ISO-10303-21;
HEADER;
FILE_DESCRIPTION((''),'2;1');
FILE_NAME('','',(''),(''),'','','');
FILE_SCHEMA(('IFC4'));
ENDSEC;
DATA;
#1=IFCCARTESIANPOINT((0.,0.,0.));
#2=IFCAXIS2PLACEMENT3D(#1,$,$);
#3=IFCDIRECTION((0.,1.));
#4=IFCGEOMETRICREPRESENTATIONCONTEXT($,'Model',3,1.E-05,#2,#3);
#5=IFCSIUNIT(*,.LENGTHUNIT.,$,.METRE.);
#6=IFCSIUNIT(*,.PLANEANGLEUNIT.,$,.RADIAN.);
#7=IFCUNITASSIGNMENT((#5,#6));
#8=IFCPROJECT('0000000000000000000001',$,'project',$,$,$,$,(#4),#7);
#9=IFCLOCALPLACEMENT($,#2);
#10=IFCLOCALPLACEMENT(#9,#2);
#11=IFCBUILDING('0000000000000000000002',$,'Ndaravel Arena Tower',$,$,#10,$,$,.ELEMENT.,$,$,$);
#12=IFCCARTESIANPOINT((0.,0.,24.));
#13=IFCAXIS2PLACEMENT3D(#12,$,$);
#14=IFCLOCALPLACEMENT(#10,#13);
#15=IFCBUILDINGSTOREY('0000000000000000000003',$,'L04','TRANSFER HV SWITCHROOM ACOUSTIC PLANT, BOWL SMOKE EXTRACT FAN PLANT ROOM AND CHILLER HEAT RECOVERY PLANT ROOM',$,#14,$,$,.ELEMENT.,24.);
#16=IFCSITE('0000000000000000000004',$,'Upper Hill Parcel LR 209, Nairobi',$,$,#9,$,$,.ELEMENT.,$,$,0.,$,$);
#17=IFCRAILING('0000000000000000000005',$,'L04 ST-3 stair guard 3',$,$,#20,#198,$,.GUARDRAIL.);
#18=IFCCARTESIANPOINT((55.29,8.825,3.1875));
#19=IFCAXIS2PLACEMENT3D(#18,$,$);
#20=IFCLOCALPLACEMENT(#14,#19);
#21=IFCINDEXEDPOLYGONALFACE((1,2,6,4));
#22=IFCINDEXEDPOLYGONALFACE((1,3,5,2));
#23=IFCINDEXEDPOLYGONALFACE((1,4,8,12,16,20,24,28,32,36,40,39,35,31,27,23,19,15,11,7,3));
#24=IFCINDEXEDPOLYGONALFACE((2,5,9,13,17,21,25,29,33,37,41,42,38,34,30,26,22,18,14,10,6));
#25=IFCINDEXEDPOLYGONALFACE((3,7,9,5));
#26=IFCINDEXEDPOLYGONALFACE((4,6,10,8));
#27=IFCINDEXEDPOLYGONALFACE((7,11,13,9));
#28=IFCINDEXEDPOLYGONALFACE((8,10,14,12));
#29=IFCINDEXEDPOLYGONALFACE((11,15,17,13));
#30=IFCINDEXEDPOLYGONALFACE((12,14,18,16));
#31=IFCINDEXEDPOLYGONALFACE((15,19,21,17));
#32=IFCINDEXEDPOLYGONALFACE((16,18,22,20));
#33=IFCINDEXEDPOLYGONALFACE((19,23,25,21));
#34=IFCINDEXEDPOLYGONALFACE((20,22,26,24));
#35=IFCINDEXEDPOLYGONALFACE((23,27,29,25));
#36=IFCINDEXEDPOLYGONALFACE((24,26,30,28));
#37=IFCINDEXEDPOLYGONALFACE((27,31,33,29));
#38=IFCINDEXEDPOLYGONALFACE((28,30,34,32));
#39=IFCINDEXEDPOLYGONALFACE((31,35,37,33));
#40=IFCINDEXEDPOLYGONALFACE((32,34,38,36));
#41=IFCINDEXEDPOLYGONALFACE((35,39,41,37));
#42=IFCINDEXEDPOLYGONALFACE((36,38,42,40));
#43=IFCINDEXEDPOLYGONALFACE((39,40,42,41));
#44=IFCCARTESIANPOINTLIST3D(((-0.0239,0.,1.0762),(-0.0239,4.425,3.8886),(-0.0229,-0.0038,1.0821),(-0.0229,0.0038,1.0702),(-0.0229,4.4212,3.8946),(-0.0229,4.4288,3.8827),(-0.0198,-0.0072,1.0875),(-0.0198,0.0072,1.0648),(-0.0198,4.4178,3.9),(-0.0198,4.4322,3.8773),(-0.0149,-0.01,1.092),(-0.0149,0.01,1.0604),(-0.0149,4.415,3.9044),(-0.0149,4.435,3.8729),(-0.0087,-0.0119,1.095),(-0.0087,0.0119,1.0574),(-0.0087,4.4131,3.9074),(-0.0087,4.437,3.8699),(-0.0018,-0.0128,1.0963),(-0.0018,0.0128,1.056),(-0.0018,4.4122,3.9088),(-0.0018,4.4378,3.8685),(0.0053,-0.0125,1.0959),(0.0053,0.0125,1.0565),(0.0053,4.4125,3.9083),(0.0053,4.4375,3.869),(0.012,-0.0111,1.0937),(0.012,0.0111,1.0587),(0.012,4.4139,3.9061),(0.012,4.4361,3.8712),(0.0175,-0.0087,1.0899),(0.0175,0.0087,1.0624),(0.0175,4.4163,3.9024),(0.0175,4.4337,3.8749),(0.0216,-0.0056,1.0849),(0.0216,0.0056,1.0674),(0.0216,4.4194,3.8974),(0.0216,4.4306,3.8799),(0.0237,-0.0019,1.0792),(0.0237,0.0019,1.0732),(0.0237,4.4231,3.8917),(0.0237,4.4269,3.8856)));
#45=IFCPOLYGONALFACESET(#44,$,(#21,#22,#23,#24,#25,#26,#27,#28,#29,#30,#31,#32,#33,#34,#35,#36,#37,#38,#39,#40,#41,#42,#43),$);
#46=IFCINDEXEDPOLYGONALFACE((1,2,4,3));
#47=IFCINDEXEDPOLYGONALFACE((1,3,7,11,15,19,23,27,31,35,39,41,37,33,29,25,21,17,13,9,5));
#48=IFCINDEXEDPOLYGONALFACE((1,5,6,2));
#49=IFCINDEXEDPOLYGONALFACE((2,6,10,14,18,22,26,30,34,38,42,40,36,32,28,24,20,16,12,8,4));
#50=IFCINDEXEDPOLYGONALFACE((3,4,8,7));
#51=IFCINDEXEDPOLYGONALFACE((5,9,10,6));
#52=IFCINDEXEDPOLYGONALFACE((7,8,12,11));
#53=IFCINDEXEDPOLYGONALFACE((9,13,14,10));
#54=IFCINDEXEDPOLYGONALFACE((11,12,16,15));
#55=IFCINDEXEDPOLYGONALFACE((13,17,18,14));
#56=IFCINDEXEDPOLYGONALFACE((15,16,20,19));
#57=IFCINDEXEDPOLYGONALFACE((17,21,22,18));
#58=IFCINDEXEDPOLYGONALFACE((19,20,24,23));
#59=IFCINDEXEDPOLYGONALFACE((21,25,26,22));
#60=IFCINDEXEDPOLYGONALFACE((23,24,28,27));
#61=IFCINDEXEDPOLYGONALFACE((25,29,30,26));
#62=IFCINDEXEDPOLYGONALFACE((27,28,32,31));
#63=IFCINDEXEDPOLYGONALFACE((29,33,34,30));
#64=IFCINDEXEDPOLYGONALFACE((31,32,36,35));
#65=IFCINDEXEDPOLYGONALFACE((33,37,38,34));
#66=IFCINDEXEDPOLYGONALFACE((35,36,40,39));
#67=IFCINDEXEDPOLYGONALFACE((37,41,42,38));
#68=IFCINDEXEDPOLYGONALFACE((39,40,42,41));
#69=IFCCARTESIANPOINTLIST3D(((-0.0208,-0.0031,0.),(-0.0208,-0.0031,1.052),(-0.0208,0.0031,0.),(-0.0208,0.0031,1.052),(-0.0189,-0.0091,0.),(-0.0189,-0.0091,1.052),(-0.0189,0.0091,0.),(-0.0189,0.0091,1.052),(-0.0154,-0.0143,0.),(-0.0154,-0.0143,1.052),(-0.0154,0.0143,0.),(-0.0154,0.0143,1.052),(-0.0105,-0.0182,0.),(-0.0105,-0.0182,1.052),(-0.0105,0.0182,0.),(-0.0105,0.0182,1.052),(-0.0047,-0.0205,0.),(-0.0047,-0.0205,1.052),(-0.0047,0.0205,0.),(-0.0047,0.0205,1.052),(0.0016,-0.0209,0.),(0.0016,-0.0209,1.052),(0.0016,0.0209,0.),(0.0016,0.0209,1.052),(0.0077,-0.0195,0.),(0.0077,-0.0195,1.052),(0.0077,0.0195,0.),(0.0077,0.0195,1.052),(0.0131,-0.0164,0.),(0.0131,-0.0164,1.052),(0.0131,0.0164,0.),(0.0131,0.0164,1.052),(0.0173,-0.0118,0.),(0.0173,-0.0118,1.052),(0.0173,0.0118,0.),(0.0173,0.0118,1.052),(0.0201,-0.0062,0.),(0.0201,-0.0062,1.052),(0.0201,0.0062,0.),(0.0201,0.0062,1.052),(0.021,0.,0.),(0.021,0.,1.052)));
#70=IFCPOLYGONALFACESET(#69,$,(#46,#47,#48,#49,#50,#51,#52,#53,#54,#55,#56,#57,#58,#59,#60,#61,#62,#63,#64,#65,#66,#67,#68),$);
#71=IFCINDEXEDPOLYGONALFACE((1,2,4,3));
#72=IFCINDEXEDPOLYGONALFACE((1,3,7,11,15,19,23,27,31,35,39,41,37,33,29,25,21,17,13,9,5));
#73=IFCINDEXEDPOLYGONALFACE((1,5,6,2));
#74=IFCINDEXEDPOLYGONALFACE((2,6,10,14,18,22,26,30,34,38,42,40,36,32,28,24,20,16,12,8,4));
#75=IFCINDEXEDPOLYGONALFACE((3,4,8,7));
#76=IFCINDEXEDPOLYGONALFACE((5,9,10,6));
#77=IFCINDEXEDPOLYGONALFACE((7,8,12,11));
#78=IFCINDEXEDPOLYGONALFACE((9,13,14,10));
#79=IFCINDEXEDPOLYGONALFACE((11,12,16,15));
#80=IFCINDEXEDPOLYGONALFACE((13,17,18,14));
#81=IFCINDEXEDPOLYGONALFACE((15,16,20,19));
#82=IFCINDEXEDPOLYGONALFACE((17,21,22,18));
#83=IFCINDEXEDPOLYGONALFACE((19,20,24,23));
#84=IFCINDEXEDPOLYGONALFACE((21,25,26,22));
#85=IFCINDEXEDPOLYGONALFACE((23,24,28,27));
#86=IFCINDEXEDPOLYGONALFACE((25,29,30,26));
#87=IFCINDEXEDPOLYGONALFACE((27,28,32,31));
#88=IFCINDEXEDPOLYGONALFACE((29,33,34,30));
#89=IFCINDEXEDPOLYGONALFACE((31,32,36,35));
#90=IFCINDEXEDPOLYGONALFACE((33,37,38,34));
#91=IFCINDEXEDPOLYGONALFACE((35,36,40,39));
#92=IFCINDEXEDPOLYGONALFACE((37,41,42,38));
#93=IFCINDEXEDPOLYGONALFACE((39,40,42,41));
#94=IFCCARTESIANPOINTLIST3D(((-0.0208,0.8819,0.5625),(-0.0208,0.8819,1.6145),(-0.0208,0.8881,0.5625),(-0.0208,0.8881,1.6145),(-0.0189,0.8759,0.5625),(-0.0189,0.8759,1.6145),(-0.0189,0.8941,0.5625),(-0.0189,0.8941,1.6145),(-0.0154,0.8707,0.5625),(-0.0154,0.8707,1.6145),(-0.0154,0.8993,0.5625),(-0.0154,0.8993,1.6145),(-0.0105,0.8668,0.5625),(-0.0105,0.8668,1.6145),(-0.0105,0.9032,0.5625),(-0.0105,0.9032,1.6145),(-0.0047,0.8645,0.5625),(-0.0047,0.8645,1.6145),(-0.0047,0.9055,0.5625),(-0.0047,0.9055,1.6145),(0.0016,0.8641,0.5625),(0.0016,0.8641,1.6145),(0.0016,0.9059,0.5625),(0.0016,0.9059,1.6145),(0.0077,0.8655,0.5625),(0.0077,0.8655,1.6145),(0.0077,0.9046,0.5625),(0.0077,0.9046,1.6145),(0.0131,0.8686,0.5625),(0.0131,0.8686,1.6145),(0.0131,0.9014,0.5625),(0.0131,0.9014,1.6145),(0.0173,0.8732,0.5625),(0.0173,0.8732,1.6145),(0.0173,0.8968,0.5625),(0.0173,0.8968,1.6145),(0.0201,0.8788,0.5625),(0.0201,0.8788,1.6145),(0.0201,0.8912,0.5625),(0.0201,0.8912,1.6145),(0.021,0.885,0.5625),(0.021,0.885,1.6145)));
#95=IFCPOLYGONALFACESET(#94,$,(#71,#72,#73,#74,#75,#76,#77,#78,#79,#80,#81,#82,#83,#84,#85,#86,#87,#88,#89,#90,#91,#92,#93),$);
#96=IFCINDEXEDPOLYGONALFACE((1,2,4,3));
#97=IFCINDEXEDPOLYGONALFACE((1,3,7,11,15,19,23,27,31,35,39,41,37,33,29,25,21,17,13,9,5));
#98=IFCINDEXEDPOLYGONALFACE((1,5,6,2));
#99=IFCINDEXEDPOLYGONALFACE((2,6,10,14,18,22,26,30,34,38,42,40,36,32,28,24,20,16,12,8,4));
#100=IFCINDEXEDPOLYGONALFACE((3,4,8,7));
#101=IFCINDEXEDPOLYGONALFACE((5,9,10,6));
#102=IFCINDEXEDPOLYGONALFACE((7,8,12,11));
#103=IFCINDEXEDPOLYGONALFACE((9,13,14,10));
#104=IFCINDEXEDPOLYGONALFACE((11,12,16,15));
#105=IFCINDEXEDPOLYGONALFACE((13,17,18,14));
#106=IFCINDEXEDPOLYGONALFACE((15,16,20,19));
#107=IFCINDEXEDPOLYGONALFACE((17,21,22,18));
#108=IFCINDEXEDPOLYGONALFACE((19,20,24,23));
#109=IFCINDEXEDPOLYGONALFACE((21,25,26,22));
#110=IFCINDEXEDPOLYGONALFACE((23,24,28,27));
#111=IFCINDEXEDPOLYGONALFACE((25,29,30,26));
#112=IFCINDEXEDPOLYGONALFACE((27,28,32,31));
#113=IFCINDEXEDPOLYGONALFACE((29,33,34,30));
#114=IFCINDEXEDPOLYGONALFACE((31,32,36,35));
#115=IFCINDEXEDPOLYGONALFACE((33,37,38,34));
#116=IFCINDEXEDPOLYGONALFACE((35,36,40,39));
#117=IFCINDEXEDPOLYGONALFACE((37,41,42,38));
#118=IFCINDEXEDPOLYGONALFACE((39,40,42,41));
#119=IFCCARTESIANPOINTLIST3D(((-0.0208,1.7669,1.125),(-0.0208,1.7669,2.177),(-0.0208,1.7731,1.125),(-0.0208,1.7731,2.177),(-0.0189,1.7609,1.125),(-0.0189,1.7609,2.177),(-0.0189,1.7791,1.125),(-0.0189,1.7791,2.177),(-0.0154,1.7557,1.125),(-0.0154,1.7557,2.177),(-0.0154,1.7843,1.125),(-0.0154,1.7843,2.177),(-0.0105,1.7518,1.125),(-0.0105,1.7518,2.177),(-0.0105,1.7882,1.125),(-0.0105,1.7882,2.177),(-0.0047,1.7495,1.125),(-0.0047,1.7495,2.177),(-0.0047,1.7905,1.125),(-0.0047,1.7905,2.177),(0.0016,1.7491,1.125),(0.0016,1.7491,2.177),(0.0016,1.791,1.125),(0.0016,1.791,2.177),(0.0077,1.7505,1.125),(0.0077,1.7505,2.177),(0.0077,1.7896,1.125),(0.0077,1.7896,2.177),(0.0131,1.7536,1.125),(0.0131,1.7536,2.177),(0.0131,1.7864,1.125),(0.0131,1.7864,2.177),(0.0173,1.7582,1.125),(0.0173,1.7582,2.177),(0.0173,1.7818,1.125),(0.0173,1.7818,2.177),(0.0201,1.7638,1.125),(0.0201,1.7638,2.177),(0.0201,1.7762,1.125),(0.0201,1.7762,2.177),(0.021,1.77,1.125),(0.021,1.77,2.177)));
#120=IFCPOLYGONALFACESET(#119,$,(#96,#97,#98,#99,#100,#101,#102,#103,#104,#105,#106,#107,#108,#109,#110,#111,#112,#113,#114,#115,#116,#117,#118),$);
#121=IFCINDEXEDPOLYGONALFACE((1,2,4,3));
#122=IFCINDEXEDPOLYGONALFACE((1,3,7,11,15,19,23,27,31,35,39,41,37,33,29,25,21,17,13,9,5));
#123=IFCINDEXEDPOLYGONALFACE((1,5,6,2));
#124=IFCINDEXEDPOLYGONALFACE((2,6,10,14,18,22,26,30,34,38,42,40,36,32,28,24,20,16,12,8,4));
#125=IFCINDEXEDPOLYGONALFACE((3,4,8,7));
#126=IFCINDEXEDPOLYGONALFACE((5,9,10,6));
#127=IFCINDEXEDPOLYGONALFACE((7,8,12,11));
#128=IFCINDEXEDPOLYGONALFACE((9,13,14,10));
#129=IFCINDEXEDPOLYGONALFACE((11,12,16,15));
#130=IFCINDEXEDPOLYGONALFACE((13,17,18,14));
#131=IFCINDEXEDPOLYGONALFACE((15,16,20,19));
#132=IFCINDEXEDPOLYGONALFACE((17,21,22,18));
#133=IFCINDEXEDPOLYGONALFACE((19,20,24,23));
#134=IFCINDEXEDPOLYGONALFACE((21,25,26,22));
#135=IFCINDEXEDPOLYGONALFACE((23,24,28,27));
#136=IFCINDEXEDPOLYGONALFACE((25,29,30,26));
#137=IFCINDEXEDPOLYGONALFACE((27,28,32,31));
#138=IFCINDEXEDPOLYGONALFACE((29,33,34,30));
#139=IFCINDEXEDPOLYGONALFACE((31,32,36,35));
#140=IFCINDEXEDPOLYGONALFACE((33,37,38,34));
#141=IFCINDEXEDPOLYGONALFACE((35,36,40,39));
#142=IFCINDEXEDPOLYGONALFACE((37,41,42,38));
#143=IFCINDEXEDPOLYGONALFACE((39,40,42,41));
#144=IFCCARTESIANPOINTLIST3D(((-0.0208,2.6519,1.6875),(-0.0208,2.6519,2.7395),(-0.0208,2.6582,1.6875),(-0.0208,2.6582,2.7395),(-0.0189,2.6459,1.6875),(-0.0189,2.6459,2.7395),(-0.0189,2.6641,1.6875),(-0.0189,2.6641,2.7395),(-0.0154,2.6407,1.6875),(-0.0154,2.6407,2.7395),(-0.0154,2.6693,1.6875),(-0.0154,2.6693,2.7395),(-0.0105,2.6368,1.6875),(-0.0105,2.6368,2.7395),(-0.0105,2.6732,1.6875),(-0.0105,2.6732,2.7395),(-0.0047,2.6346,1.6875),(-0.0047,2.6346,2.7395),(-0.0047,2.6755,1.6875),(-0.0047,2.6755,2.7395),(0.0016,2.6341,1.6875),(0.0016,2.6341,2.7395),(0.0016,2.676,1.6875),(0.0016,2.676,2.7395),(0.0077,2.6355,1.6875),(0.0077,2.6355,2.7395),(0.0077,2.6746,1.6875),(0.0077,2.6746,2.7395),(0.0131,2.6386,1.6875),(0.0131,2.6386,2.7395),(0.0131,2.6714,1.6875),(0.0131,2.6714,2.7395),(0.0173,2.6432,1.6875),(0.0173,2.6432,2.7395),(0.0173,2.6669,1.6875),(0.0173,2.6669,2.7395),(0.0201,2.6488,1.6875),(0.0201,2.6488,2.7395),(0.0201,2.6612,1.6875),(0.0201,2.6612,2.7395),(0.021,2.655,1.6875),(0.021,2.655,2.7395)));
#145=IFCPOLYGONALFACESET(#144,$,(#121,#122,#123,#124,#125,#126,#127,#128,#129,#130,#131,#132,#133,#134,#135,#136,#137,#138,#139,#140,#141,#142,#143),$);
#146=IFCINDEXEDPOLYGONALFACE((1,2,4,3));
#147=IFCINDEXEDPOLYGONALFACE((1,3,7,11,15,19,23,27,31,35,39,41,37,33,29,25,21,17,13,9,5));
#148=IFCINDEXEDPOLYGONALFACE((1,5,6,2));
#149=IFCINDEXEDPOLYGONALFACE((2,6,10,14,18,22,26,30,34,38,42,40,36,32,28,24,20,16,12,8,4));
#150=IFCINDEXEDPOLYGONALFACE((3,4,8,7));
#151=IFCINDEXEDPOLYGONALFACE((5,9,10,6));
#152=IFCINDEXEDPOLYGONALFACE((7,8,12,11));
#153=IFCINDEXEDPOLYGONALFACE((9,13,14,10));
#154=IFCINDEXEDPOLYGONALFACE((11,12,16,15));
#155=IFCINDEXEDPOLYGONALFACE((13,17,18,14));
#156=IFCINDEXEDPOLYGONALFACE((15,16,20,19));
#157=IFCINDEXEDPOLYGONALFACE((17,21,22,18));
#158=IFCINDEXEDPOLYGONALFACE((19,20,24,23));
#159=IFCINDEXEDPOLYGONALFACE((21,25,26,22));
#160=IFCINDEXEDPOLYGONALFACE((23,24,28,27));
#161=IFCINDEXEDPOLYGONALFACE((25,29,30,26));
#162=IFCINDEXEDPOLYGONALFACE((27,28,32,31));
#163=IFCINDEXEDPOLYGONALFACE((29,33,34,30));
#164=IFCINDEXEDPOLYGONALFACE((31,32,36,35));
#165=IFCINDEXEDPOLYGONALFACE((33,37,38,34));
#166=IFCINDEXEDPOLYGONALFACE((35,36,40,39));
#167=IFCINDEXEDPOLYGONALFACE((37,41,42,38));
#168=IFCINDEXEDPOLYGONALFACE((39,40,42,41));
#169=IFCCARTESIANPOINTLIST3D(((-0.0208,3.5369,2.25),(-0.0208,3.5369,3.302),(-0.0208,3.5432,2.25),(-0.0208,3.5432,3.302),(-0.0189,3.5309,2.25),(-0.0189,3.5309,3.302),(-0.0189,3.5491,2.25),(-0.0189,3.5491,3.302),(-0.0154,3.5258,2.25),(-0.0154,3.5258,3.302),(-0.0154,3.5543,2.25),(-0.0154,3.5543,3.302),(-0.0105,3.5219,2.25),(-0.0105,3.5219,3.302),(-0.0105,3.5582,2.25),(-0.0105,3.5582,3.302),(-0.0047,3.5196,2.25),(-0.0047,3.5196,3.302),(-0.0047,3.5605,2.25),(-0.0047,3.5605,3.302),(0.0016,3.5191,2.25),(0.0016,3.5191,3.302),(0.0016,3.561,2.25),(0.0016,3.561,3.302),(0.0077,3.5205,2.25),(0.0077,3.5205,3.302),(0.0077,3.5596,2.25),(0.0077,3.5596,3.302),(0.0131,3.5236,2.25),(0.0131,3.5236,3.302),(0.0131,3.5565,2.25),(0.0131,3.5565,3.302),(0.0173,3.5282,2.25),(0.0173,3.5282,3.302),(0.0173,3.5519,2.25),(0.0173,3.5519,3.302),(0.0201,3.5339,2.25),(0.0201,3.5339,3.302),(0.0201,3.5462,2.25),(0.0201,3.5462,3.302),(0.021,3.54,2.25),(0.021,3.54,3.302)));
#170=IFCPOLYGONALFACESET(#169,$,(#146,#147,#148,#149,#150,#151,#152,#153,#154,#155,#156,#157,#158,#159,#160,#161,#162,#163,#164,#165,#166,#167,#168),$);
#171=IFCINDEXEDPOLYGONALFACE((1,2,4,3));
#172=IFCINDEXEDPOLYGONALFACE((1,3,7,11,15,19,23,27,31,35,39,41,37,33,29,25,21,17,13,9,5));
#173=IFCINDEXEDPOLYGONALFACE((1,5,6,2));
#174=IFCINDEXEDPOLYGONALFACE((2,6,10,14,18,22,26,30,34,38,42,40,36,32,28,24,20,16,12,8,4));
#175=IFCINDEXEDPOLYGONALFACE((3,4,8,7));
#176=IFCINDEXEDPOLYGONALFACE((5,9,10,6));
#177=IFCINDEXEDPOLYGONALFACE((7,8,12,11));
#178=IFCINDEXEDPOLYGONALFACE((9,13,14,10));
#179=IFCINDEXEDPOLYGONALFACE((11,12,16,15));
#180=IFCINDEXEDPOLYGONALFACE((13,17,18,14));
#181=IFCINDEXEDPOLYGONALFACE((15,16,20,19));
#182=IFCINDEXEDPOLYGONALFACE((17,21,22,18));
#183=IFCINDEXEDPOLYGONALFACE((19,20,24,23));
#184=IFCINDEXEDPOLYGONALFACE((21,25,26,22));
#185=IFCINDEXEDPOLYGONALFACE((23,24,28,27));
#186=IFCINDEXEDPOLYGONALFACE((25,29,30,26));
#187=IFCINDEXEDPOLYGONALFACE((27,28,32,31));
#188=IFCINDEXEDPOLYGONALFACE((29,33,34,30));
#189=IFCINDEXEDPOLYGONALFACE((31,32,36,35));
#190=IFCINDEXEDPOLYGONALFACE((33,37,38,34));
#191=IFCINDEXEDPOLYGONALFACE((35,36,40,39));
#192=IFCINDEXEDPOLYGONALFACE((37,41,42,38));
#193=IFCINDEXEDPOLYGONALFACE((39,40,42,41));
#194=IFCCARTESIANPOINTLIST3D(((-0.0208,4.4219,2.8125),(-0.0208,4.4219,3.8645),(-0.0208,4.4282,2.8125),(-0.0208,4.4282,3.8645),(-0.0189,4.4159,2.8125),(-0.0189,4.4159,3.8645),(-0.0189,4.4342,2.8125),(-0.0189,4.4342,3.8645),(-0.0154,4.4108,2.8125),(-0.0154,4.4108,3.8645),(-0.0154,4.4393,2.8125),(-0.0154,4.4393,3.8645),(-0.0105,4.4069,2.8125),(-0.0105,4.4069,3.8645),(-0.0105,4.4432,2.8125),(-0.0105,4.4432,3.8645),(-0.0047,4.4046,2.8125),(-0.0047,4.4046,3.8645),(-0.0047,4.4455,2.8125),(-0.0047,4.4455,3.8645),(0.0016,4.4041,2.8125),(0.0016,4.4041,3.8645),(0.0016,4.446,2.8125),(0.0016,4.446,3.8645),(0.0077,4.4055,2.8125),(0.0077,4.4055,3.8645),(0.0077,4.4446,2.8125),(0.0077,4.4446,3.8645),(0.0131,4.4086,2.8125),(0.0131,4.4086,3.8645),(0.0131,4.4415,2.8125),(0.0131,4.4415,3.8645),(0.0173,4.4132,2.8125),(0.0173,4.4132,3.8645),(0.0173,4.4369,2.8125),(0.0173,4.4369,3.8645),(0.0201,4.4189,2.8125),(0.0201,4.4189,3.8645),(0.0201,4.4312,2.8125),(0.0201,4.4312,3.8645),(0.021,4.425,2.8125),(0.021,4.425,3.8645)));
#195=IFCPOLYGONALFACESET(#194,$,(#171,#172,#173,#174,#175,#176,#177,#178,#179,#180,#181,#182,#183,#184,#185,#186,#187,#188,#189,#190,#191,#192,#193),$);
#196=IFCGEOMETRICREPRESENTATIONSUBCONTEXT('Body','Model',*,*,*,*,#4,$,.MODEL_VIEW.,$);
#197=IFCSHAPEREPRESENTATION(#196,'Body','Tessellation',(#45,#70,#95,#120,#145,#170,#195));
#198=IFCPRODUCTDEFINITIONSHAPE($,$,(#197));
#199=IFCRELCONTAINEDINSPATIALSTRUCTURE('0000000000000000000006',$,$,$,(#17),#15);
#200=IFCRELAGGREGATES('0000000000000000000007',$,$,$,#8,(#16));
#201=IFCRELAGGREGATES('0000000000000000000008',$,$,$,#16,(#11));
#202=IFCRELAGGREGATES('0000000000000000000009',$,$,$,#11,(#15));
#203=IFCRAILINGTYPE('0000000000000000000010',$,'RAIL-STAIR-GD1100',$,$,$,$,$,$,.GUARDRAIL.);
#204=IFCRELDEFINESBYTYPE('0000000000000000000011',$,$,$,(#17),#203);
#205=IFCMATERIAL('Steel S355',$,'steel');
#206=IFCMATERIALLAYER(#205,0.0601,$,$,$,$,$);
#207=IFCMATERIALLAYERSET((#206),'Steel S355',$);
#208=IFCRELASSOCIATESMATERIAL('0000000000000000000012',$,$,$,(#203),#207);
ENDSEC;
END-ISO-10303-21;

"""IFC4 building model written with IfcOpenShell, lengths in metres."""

from ifc_helpers import new_model, si_unit, direction, frame, origin, origin_2d, place, context, subcontext, project, spatial, circle, extrude, material, layer, layer_set, type_object, element, save


model = new_model("IFC4")

# Units and contexts
model_context = context("Model", 3, precision=1e-05, world=origin(), true_north=direction((0.0, 1.0)))
body_context = subcontext(model_context, "Body", "Model", "MODEL_VIEW")
ifc_project = project(units=[si_unit("LENGTHUNIT", "METRE"), si_unit("PLANEANGLEUNIT", "RADIAN")], contexts=[model_context])

# Site, building, storey
site_placement = place(None, origin())
site = spatial("IfcSite", under=ifc_project, at=site_placement, Name="Upper Hill Parcel LR 209, Nairobi", CompositionType="ELEMENT", RefElevation=0.0)
building_placement = place(site_placement, origin())
building = spatial("IfcBuilding", under=site, at=building_placement, Name="Ndaravel Arena Tower", CompositionType="ELEMENT")
storey_placement = place(building_placement, frame((0.0, 0.0, 24.0)))
storey = spatial("IfcBuildingStorey", under=building, at=storey_placement, Name="L04", Description="TRANSFER HV SWITCHROOM ACOUSTIC PLANT, BOWL SMOKE EXTRACT FAN PLANT ROOM AND CHILLER HEAT RECOVERY PLANT ROOM", CompositionType="ELEMENT", Elevation=24.0)

# Railing
ifc_material_1 = material(Name="Steel S355", Category="steel")
ifc_layer_1 = layer(ifc_material_1, 0.0601)
ifc_layer_set_1 = layer_set([ifc_layer_1], Name="Steel S355")
railing_type_1 = type_object("IfcRailingType", Name="RAIL-STAIR-GD1100", PredefinedType="GUARDRAIL", material=ifc_layer_set_1)
railing_1_placement = place(storey_placement, frame((55.29, 8.825, 3.1875)))
element("IfcRailing", 1, at=railing_1_placement, inside=storey, type_object=railing_type_1, Name="L04 ST-3 stair guard 3", PredefinedType="GUARDRAIL", context=body_context, shape_type="SweptSolid", body=[
    extrude(circle(Radius=0.0239, at=origin_2d()), frame((0.0, 0.0, 1.0762), z_axis=(0.0, 0.843959, 0.536408), x_axis=(-1.0, 0.0, 0.0)), (0.0, 0.0, 1.0), 5.2432),
    extrude(circle(Radius=0.021, at=origin_2d()), origin(), (0.0, 0.0, 1.0), 1.052),
    extrude(circle(Radius=0.021, at=origin_2d()), frame((0.0, 0.885, 0.5625)), (0.0, 0.0, 1.0), 1.052),
    extrude(circle(Radius=0.021, at=origin_2d()), frame((0.0, 1.77, 1.125)), (0.0, 0.0, 1.0), 1.052),
    extrude(circle(Radius=0.021, at=origin_2d()), frame((0.0, 2.655, 1.6875)), (0.0, 0.0, 1.0), 1.052),
    extrude(circle(Radius=0.021, at=origin_2d()), frame((0.0, 3.54, 2.25)), (0.0, 0.0, 1.0), 1.052),
    extrude(circle(Radius=0.021, at=origin_2d()), frame((0.0, 4.425, 2.8125)), (0.0, 0.0, 1.0), 1.052),
])

save(model, "model.ifc")
